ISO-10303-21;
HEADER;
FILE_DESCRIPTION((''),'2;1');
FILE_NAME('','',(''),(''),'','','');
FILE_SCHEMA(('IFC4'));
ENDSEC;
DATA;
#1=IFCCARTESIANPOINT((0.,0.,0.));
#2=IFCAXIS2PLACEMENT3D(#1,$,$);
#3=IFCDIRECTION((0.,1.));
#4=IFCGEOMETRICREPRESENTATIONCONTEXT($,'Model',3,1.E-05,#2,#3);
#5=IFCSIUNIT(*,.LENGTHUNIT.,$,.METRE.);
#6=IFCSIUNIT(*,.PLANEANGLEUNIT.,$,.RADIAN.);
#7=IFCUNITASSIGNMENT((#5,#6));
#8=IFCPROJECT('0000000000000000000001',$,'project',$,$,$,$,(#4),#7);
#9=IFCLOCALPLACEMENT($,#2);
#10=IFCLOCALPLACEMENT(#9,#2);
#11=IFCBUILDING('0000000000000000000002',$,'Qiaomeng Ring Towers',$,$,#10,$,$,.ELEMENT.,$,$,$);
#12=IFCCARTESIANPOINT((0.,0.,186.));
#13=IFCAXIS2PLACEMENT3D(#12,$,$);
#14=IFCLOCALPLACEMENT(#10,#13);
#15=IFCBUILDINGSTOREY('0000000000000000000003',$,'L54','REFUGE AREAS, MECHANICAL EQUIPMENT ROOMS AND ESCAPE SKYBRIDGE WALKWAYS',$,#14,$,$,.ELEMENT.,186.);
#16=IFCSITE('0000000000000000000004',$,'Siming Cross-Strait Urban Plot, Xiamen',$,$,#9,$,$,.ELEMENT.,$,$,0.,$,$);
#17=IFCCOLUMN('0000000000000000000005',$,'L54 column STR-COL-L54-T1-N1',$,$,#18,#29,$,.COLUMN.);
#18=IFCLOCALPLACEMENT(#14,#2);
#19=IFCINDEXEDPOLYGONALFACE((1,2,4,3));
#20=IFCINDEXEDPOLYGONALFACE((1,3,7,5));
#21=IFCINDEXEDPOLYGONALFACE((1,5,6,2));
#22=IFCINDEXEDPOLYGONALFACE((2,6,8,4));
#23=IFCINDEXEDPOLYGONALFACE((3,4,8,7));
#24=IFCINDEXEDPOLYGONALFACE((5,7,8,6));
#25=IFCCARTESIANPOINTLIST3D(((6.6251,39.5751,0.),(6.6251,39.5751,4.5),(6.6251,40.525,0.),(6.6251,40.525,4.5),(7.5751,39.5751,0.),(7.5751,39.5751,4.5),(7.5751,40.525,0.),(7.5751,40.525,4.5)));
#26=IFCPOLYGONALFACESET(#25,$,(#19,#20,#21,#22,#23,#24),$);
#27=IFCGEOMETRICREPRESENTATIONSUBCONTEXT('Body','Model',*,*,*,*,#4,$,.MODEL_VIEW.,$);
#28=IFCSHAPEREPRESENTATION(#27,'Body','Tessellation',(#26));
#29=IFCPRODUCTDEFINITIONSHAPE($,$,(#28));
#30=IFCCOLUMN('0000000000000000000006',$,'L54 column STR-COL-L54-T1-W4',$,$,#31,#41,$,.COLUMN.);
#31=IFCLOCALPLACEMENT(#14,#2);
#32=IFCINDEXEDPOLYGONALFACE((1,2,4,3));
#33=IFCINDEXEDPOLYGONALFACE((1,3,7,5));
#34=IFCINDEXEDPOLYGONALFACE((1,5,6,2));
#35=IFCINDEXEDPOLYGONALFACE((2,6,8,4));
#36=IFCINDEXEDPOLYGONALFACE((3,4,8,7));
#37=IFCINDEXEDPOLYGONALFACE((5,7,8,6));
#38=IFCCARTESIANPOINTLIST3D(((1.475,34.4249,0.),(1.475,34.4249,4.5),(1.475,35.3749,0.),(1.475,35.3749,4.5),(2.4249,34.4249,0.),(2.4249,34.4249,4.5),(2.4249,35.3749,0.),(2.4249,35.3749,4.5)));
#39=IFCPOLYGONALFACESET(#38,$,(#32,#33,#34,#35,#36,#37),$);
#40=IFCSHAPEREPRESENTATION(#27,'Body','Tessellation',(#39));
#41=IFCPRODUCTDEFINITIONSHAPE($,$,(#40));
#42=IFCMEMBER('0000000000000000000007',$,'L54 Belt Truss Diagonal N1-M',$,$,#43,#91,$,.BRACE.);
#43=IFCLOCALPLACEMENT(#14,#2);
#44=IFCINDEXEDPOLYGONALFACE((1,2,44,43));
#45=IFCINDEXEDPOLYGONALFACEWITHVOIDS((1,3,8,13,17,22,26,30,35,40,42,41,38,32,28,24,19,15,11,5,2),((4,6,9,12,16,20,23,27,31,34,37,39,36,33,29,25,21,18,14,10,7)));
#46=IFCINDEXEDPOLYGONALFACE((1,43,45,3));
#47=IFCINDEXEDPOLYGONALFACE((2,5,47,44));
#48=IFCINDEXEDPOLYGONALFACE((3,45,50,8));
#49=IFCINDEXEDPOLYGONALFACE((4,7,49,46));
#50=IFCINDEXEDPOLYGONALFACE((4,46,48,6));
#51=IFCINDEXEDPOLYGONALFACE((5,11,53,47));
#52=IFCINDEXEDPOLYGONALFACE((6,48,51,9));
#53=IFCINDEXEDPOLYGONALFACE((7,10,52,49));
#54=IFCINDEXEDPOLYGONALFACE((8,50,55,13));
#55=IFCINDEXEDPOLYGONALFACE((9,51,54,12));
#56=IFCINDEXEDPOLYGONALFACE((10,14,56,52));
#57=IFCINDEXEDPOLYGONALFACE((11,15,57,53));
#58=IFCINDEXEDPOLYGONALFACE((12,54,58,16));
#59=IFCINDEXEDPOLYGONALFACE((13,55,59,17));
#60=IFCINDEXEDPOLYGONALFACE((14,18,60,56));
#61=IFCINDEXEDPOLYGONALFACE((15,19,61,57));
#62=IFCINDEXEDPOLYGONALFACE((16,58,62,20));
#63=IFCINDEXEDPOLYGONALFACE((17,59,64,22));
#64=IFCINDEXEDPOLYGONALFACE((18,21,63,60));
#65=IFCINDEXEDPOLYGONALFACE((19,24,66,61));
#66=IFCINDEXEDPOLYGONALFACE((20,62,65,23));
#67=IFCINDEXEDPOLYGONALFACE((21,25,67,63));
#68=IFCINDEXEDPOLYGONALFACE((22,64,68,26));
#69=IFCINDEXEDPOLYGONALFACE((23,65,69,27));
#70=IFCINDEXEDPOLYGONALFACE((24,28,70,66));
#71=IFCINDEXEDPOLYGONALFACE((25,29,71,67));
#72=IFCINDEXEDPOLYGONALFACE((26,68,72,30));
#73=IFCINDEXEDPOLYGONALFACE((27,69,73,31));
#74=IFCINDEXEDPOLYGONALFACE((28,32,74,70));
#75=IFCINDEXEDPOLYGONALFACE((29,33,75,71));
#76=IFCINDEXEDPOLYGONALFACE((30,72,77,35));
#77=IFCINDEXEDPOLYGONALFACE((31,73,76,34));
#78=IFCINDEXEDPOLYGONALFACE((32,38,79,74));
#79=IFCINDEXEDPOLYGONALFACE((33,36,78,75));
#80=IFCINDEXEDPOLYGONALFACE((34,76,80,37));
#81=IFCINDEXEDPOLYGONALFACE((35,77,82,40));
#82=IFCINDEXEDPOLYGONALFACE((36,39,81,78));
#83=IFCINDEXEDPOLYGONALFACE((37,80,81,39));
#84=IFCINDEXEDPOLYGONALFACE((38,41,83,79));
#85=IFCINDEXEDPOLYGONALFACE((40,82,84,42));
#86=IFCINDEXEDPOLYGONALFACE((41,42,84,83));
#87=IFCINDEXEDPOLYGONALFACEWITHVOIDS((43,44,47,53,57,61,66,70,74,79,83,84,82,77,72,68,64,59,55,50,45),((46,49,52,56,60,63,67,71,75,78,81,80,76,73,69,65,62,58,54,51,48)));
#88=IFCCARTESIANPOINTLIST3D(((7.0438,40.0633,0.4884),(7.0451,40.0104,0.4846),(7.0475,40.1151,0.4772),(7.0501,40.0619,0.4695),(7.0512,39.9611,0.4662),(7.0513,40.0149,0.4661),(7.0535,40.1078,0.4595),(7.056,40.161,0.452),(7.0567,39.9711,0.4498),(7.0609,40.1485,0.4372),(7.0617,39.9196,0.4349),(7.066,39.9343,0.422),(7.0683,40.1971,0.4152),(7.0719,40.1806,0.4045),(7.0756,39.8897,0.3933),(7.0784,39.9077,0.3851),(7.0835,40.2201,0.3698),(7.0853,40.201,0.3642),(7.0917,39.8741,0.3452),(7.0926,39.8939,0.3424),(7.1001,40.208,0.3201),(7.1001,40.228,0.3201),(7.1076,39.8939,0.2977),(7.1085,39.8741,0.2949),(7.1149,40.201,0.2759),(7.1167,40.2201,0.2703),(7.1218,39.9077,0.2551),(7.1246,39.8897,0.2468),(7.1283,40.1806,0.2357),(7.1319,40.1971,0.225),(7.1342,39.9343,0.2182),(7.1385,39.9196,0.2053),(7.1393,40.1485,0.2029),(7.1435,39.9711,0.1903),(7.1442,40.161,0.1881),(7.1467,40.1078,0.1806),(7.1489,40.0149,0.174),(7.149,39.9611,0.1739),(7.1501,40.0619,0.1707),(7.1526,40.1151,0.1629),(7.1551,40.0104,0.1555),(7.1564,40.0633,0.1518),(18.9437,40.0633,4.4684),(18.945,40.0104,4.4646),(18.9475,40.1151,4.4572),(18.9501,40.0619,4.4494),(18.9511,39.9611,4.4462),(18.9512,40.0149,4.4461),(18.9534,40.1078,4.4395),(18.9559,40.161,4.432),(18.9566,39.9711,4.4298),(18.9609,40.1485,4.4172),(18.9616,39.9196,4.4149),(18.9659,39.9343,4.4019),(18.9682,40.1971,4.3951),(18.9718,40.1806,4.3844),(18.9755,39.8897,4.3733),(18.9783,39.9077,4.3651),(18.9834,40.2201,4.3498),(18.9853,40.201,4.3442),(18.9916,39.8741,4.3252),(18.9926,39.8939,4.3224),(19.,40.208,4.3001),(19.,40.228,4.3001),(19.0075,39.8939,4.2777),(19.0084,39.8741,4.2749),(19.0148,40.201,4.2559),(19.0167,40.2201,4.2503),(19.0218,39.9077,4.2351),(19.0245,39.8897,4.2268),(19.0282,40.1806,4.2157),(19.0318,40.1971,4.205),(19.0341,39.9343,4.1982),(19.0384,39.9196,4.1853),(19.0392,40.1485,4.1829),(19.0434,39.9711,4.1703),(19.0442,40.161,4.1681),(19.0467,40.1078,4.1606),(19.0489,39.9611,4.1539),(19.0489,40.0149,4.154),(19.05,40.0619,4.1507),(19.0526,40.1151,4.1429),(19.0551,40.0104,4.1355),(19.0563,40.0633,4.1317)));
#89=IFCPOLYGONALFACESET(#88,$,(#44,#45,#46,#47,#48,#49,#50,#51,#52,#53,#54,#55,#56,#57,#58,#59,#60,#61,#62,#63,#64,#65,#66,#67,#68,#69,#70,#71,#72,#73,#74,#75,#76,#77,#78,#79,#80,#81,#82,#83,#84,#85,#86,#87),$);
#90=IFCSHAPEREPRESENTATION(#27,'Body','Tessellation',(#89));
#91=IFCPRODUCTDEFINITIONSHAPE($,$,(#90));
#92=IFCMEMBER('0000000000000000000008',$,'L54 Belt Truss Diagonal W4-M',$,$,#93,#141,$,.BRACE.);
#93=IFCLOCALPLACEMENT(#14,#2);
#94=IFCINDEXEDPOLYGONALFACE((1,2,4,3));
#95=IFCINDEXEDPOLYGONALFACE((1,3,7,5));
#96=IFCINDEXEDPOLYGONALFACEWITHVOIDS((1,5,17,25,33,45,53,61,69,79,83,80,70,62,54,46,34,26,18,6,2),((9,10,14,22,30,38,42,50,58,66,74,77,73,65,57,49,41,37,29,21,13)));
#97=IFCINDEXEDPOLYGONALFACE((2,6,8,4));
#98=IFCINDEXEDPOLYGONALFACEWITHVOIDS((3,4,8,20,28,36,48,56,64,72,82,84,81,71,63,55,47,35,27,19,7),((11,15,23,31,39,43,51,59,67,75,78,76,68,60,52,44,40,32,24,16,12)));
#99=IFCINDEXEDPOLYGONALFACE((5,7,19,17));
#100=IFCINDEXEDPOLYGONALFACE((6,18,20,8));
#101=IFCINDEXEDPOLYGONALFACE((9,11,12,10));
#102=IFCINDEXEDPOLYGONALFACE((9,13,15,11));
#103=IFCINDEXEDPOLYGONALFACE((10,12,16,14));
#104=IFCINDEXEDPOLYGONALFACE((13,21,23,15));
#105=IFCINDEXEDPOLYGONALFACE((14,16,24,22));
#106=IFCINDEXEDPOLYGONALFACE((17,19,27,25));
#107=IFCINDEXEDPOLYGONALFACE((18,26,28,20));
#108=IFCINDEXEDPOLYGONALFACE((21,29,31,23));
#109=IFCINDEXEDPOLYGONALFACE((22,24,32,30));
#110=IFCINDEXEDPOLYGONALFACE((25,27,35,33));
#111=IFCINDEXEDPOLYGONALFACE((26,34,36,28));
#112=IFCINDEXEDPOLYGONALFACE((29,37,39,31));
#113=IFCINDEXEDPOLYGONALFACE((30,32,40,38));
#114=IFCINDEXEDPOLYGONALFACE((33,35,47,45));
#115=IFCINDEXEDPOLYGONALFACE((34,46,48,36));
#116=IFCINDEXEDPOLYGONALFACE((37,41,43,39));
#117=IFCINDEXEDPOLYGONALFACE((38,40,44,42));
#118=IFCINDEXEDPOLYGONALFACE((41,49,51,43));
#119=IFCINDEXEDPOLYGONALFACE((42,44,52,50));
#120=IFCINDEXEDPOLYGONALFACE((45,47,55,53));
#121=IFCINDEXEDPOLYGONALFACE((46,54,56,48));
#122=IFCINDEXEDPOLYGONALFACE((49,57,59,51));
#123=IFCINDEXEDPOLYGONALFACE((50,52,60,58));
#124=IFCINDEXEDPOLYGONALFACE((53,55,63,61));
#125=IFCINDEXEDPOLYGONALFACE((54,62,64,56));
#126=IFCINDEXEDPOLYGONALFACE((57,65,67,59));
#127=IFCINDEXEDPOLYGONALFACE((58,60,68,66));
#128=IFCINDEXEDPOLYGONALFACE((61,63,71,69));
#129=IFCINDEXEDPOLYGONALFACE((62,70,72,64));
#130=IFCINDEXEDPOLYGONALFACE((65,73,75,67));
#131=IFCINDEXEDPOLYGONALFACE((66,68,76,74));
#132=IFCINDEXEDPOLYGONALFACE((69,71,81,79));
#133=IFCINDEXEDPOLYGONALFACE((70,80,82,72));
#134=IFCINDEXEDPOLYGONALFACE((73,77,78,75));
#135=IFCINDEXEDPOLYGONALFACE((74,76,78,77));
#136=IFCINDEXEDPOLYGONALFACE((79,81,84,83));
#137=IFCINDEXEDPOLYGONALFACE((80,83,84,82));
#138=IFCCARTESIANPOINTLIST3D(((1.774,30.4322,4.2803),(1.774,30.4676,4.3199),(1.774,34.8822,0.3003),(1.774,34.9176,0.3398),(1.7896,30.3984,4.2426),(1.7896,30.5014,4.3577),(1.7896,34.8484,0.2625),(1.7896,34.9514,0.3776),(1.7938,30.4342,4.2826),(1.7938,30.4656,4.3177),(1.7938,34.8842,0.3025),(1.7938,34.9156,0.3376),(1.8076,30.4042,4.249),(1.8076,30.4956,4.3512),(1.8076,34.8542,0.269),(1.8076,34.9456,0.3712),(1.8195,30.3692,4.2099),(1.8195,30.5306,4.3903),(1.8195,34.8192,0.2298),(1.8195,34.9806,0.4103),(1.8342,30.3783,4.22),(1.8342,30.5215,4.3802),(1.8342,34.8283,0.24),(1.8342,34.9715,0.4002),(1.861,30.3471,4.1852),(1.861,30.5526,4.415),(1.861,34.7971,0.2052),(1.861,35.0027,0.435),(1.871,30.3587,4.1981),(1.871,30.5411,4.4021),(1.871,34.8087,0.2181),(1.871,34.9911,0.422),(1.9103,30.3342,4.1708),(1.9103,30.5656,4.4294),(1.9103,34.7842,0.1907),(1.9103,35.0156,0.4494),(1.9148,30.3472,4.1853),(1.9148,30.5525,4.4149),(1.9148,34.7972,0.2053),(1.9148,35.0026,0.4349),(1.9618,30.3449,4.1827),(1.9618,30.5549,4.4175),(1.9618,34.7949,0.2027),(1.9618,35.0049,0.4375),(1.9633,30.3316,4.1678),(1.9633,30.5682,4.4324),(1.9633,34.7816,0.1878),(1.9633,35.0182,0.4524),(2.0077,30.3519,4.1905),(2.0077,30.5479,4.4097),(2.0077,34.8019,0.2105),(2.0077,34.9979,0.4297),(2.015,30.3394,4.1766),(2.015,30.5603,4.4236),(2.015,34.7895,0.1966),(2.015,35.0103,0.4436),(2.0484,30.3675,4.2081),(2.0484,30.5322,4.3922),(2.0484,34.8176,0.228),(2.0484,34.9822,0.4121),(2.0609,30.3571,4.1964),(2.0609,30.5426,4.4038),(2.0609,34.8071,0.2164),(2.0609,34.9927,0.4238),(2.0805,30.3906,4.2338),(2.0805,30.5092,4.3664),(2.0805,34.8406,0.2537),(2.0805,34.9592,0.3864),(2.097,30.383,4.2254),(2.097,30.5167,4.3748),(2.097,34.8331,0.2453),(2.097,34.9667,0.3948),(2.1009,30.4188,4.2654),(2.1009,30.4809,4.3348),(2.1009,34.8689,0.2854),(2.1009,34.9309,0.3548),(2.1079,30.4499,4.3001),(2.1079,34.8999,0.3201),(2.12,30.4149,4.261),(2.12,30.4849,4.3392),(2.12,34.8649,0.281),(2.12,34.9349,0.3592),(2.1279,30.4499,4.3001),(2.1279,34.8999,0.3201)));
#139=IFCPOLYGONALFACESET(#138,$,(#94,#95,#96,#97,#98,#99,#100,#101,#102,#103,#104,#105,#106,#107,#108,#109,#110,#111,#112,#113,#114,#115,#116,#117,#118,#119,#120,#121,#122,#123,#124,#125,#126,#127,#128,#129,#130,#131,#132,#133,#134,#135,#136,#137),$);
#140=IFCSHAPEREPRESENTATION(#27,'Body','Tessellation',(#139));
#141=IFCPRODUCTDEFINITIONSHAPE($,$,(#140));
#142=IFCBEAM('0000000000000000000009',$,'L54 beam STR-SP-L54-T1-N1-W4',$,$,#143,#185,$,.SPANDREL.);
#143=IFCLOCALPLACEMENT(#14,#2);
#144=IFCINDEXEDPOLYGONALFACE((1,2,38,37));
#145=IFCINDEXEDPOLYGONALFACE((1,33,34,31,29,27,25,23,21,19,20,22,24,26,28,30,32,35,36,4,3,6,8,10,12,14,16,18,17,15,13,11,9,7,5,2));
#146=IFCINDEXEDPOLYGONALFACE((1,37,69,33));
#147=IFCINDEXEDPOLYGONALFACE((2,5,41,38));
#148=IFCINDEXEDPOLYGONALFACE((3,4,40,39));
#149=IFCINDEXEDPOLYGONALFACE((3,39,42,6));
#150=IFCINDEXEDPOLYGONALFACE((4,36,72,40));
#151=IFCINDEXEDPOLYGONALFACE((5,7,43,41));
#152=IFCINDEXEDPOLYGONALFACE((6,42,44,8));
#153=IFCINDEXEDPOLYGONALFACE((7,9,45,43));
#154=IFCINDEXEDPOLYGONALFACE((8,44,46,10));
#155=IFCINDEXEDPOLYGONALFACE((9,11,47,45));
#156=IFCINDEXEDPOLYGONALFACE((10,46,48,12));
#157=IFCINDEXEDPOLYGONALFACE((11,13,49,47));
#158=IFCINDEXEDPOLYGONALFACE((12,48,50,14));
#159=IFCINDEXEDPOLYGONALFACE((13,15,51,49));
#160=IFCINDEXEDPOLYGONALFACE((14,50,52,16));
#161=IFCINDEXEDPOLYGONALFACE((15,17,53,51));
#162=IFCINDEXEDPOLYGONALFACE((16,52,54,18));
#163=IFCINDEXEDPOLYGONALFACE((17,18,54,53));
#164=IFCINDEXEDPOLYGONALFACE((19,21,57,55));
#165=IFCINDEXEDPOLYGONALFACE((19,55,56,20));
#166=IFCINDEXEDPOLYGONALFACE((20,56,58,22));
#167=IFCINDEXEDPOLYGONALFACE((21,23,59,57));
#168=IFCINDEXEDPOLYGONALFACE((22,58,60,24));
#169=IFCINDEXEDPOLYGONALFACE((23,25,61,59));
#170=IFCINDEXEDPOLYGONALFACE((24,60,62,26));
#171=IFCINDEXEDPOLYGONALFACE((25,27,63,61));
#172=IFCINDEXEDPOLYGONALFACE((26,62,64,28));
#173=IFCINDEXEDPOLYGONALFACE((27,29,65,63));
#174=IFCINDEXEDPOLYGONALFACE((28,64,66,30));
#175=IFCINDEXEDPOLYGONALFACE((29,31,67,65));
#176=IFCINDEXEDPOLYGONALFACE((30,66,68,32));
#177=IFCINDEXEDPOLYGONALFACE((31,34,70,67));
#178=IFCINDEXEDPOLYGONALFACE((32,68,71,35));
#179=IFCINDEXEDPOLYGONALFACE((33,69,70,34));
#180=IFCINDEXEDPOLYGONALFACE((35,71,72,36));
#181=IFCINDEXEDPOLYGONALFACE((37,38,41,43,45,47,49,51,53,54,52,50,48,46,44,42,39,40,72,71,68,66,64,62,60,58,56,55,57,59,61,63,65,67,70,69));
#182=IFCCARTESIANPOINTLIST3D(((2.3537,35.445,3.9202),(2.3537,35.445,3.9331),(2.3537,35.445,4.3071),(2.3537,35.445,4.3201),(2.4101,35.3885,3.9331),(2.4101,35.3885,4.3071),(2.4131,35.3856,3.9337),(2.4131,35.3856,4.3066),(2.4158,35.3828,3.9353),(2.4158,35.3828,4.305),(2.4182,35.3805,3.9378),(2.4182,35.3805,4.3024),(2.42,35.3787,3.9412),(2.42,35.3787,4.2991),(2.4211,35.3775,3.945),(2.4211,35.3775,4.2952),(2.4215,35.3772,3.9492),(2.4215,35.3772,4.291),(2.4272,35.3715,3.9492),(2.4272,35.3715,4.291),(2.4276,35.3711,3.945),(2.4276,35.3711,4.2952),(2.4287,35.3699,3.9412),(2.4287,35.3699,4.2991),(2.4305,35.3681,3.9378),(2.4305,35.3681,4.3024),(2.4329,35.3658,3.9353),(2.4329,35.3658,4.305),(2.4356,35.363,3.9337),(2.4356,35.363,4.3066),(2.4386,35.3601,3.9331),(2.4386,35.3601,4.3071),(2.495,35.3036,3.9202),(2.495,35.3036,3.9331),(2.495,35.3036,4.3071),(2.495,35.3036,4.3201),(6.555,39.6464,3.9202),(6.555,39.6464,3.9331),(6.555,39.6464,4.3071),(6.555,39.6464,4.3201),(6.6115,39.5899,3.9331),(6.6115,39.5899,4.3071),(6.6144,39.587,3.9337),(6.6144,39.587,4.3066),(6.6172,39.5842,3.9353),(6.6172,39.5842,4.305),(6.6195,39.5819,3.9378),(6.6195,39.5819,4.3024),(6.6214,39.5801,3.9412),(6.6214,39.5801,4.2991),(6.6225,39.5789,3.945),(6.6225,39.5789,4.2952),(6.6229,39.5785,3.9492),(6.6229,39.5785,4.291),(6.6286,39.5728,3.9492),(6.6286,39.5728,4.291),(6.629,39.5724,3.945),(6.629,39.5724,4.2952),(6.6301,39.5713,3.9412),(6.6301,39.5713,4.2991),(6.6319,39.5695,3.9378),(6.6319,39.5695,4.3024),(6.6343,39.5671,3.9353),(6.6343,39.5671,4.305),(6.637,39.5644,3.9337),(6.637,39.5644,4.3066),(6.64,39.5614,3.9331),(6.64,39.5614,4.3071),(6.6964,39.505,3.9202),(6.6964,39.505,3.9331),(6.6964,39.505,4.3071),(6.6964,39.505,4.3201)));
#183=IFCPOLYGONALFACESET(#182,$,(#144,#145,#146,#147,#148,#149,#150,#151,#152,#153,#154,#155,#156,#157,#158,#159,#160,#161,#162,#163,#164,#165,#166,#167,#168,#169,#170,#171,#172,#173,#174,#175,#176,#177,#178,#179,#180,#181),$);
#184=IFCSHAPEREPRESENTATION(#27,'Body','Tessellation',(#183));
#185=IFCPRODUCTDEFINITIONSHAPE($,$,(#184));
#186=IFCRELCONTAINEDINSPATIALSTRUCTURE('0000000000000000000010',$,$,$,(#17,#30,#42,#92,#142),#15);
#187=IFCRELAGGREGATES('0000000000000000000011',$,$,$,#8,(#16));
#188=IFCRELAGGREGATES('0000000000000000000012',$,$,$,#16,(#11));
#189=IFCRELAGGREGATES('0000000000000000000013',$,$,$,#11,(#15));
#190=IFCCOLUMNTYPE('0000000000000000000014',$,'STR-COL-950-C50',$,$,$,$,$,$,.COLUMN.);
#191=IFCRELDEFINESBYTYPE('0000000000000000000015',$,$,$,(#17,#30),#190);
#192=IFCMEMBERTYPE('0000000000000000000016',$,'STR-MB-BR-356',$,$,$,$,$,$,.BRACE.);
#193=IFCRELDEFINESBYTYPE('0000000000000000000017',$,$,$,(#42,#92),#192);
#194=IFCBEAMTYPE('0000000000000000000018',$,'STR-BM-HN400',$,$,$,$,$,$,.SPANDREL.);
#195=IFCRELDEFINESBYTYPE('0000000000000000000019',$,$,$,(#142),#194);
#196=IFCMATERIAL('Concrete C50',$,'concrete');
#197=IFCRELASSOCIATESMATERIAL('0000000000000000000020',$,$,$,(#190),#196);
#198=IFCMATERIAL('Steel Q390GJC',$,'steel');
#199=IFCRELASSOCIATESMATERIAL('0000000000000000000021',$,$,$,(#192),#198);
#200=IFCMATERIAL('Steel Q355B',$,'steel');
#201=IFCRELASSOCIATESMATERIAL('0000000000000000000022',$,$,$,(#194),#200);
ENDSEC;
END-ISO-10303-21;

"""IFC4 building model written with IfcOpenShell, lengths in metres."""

from ifc_helpers import new_model, si_unit, direction, frame, origin, origin_2d, place, context, subcontext, project, spatial, rectangle, hollow_circle, i_section, extrude, source, transform, mapped, material, material_profile, profile_set, type_object, element, save


model = new_model("IFC4")

# Units and contexts
model_context = context("Model", 3, precision=1e-05, world=origin(), true_north=direction((0.0, 1.0)))
body_context = subcontext(model_context, "Body", "Model", "MODEL_VIEW")
ifc_project = project(units=[si_unit("LENGTHUNIT", "METRE"), si_unit("PLANEANGLEUNIT", "RADIAN")], contexts=[model_context])

# Site, building, storey
site_placement = place(None, origin())
site = spatial("IfcSite", under=ifc_project, at=site_placement, Name="Siming Cross-Strait Urban Plot, Xiamen", CompositionType="ELEMENT", RefElevation=0.0)
building_placement = place(site_placement, origin())
building = spatial("IfcBuilding", under=site, at=building_placement, Name="Qiaomeng Ring Towers", CompositionType="ELEMENT")
storey_placement = place(building_placement, frame((0.0, 0.0, 186.0)))
storey = spatial("IfcBuildingStorey", under=building, at=storey_placement, Name="L54", Description="REFUGE AREAS, MECHANICAL EQUIPMENT ROOMS AND ESCAPE SKYBRIDGE WALKWAYS", CompositionType="ELEMENT", Elevation=186.0)

# Columns
ifc_material_1 = material(Name="Concrete C50", Category="concrete")
ifc_material_profile_1 = material_profile(ifc_material_1, rectangle(XDim=0.95, YDim=0.95, at=origin_2d()), Name="RC COL 950x950")
ifc_profile_set_1 = profile_set([ifc_material_profile_1], Name="Concrete C50")
column_type = type_object("IfcColumnType", Name="STR-COL-950-C50", PredefinedType="COLUMN", material=ifc_profile_set_1)
shared_shape_1 = source(origin(), body_context, "Body", "SweptSolid", [
    extrude(rectangle(XDim=0.95, YDim=0.95, at=origin_2d()), origin(), (0.0, 0.0, 1.0), 4.5),
])
for number, where, z_axis, x_axis, name in (
    (1, (7.1001, 40.05, 0.0), (0.0, 0.0, 1.0), (1.0, 0.0, 0.0), "L54 column STR-COL-L54-T1-N1"),
    (2, (1.95, 34.8999, 0.0), (0.0, 0.0, 1.0), (1.0, 0.0, 0.0), "L54 column STR-COL-L54-T1-W4"),
):
    element("IfcColumn", number, at=place(storey_placement, frame(where, z_axis=z_axis, x_axis=x_axis)), inside=storey, type_object=column_type, Name=name, PredefinedType="COLUMN", context=body_context, shape_type="MappedRepresentation", body=[
        mapped(shared_shape_1, transform((0.0, 0.0, 0.0), x_axis=(1.0, 0.0, 0.0), y_axis=(0.0, 1.0, 0.0), z_axis=(0.0, 0.0, 1.0), scale=1.0)),
    ])

# Members
ifc_material_2 = material(Name="Steel Q390GJC", Category="steel")
ifc_material_profile_2 = material_profile(ifc_material_2, hollow_circle(Radius=0.178, WallThickness=0.02, at=origin_2d()), Name="CHS 356x20")
ifc_profile_set_2 = profile_set([ifc_material_profile_2], Name="Steel Q390GJC")
member_type_1 = type_object("IfcMemberType", Name="STR-MB-BR-356", PredefinedType="BRACE", material=ifc_profile_set_2)
shared_shape_2 = source(origin(), body_context, "Body", "SweptSolid", [
    extrude(hollow_circle(Radius=0.178, WallThickness=0.02, at=origin_2d()), origin(), (0.0, 0.0, 1.0), 12.5479),
])
member_1_placement = place(storey_placement, frame((7.1001, 40.05, 0.3201), z_axis=(0.948364, 0.0, 0.317185), x_axis=(0.0, 1.0, 0.0)))
element("IfcMember", 3, at=member_1_placement, inside=storey, type_object=member_type_1, Name="L54 Belt Truss Diagonal N1-M", PredefinedType="BRACE", context=body_context, shape_type="MappedRepresentation", body=[
    mapped(shared_shape_2, transform((0.0, 0.0, 0.0), x_axis=(1.0, 0.0, 0.0), y_axis=(0.0, 1.0, 0.0), z_axis=(0.0, 0.0, 1.0), scale=1.0)),
])
shared_shape_3 = source(origin(), body_context, "Body", "SweptSolid", [
    extrude(hollow_circle(Radius=0.178, WallThickness=0.02, at=origin_2d()), origin(), (0.0, 0.0, 1.0), 5.9702),
])
member_2_placement = place(storey_placement, frame((1.95, 34.8999, 0.3201), z_axis=(0.0, -0.745371, 0.66665), x_axis=(1.0, 0.0, 0.0)))
element("IfcMember", 4, at=member_2_placement, inside=storey, type_object=member_type_1, Name="L54 Belt Truss Diagonal W4-M", PredefinedType="BRACE", context=body_context, shape_type="MappedRepresentation", body=[
    mapped(shared_shape_3, transform((0.0, 0.0, 0.0), x_axis=(1.0, 0.0, 0.0), y_axis=(0.0, 1.0, 0.0), z_axis=(0.0, 0.0, 1.0), scale=1.0)),
])

# Beam
ifc_material_3 = material(Name="Steel Q355B", Category="steel")
ifc_material_profile_3 = material_profile(ifc_material_3, i_section(OverallWidth=0.2, OverallDepth=0.3999, WebThickness=0.0081, FlangeThickness=0.0129, FilletRadius=0.0161, at=origin_2d()), Name="HN 400x200x8x13")
ifc_profile_set_3 = profile_set([ifc_material_profile_3], Name="Steel Q355B")
beam_type_1 = type_object("IfcBeamType", Name="STR-BM-HN400", PredefinedType="SPANDREL", material=ifc_profile_set_3)
shared_shape_4 = source(origin(), body_context, "Body", "SweptSolid", [
    extrude(i_section(OverallWidth=0.2, OverallDepth=0.3999, WebThickness=0.0081, FlangeThickness=0.0129, FilletRadius=0.0161, at=origin_2d()), origin(), (0.0, 0.0, 1.0), 5.9417),
])
beam_1_placement = place(storey_placement, frame((6.6257, 39.5757, 4.1201), z_axis=(-0.707107, -0.707107, 0.0), x_axis=(0.707107, -0.707107, 0.0)))
element("IfcBeam", 5, at=beam_1_placement, inside=storey, type_object=beam_type_1, Name="L54 beam STR-SP-L54-T1-N1-W4", PredefinedType="SPANDREL", context=body_context, shape_type="MappedRepresentation", body=[
    mapped(shared_shape_4, transform((0.0, 0.0, 0.0), x_axis=(1.0, 0.0, 0.0), y_axis=(0.0, 1.0, 0.0), z_axis=(0.0, 0.0, 1.0), scale=1.0)),
])

save(model, "model.ifc")
